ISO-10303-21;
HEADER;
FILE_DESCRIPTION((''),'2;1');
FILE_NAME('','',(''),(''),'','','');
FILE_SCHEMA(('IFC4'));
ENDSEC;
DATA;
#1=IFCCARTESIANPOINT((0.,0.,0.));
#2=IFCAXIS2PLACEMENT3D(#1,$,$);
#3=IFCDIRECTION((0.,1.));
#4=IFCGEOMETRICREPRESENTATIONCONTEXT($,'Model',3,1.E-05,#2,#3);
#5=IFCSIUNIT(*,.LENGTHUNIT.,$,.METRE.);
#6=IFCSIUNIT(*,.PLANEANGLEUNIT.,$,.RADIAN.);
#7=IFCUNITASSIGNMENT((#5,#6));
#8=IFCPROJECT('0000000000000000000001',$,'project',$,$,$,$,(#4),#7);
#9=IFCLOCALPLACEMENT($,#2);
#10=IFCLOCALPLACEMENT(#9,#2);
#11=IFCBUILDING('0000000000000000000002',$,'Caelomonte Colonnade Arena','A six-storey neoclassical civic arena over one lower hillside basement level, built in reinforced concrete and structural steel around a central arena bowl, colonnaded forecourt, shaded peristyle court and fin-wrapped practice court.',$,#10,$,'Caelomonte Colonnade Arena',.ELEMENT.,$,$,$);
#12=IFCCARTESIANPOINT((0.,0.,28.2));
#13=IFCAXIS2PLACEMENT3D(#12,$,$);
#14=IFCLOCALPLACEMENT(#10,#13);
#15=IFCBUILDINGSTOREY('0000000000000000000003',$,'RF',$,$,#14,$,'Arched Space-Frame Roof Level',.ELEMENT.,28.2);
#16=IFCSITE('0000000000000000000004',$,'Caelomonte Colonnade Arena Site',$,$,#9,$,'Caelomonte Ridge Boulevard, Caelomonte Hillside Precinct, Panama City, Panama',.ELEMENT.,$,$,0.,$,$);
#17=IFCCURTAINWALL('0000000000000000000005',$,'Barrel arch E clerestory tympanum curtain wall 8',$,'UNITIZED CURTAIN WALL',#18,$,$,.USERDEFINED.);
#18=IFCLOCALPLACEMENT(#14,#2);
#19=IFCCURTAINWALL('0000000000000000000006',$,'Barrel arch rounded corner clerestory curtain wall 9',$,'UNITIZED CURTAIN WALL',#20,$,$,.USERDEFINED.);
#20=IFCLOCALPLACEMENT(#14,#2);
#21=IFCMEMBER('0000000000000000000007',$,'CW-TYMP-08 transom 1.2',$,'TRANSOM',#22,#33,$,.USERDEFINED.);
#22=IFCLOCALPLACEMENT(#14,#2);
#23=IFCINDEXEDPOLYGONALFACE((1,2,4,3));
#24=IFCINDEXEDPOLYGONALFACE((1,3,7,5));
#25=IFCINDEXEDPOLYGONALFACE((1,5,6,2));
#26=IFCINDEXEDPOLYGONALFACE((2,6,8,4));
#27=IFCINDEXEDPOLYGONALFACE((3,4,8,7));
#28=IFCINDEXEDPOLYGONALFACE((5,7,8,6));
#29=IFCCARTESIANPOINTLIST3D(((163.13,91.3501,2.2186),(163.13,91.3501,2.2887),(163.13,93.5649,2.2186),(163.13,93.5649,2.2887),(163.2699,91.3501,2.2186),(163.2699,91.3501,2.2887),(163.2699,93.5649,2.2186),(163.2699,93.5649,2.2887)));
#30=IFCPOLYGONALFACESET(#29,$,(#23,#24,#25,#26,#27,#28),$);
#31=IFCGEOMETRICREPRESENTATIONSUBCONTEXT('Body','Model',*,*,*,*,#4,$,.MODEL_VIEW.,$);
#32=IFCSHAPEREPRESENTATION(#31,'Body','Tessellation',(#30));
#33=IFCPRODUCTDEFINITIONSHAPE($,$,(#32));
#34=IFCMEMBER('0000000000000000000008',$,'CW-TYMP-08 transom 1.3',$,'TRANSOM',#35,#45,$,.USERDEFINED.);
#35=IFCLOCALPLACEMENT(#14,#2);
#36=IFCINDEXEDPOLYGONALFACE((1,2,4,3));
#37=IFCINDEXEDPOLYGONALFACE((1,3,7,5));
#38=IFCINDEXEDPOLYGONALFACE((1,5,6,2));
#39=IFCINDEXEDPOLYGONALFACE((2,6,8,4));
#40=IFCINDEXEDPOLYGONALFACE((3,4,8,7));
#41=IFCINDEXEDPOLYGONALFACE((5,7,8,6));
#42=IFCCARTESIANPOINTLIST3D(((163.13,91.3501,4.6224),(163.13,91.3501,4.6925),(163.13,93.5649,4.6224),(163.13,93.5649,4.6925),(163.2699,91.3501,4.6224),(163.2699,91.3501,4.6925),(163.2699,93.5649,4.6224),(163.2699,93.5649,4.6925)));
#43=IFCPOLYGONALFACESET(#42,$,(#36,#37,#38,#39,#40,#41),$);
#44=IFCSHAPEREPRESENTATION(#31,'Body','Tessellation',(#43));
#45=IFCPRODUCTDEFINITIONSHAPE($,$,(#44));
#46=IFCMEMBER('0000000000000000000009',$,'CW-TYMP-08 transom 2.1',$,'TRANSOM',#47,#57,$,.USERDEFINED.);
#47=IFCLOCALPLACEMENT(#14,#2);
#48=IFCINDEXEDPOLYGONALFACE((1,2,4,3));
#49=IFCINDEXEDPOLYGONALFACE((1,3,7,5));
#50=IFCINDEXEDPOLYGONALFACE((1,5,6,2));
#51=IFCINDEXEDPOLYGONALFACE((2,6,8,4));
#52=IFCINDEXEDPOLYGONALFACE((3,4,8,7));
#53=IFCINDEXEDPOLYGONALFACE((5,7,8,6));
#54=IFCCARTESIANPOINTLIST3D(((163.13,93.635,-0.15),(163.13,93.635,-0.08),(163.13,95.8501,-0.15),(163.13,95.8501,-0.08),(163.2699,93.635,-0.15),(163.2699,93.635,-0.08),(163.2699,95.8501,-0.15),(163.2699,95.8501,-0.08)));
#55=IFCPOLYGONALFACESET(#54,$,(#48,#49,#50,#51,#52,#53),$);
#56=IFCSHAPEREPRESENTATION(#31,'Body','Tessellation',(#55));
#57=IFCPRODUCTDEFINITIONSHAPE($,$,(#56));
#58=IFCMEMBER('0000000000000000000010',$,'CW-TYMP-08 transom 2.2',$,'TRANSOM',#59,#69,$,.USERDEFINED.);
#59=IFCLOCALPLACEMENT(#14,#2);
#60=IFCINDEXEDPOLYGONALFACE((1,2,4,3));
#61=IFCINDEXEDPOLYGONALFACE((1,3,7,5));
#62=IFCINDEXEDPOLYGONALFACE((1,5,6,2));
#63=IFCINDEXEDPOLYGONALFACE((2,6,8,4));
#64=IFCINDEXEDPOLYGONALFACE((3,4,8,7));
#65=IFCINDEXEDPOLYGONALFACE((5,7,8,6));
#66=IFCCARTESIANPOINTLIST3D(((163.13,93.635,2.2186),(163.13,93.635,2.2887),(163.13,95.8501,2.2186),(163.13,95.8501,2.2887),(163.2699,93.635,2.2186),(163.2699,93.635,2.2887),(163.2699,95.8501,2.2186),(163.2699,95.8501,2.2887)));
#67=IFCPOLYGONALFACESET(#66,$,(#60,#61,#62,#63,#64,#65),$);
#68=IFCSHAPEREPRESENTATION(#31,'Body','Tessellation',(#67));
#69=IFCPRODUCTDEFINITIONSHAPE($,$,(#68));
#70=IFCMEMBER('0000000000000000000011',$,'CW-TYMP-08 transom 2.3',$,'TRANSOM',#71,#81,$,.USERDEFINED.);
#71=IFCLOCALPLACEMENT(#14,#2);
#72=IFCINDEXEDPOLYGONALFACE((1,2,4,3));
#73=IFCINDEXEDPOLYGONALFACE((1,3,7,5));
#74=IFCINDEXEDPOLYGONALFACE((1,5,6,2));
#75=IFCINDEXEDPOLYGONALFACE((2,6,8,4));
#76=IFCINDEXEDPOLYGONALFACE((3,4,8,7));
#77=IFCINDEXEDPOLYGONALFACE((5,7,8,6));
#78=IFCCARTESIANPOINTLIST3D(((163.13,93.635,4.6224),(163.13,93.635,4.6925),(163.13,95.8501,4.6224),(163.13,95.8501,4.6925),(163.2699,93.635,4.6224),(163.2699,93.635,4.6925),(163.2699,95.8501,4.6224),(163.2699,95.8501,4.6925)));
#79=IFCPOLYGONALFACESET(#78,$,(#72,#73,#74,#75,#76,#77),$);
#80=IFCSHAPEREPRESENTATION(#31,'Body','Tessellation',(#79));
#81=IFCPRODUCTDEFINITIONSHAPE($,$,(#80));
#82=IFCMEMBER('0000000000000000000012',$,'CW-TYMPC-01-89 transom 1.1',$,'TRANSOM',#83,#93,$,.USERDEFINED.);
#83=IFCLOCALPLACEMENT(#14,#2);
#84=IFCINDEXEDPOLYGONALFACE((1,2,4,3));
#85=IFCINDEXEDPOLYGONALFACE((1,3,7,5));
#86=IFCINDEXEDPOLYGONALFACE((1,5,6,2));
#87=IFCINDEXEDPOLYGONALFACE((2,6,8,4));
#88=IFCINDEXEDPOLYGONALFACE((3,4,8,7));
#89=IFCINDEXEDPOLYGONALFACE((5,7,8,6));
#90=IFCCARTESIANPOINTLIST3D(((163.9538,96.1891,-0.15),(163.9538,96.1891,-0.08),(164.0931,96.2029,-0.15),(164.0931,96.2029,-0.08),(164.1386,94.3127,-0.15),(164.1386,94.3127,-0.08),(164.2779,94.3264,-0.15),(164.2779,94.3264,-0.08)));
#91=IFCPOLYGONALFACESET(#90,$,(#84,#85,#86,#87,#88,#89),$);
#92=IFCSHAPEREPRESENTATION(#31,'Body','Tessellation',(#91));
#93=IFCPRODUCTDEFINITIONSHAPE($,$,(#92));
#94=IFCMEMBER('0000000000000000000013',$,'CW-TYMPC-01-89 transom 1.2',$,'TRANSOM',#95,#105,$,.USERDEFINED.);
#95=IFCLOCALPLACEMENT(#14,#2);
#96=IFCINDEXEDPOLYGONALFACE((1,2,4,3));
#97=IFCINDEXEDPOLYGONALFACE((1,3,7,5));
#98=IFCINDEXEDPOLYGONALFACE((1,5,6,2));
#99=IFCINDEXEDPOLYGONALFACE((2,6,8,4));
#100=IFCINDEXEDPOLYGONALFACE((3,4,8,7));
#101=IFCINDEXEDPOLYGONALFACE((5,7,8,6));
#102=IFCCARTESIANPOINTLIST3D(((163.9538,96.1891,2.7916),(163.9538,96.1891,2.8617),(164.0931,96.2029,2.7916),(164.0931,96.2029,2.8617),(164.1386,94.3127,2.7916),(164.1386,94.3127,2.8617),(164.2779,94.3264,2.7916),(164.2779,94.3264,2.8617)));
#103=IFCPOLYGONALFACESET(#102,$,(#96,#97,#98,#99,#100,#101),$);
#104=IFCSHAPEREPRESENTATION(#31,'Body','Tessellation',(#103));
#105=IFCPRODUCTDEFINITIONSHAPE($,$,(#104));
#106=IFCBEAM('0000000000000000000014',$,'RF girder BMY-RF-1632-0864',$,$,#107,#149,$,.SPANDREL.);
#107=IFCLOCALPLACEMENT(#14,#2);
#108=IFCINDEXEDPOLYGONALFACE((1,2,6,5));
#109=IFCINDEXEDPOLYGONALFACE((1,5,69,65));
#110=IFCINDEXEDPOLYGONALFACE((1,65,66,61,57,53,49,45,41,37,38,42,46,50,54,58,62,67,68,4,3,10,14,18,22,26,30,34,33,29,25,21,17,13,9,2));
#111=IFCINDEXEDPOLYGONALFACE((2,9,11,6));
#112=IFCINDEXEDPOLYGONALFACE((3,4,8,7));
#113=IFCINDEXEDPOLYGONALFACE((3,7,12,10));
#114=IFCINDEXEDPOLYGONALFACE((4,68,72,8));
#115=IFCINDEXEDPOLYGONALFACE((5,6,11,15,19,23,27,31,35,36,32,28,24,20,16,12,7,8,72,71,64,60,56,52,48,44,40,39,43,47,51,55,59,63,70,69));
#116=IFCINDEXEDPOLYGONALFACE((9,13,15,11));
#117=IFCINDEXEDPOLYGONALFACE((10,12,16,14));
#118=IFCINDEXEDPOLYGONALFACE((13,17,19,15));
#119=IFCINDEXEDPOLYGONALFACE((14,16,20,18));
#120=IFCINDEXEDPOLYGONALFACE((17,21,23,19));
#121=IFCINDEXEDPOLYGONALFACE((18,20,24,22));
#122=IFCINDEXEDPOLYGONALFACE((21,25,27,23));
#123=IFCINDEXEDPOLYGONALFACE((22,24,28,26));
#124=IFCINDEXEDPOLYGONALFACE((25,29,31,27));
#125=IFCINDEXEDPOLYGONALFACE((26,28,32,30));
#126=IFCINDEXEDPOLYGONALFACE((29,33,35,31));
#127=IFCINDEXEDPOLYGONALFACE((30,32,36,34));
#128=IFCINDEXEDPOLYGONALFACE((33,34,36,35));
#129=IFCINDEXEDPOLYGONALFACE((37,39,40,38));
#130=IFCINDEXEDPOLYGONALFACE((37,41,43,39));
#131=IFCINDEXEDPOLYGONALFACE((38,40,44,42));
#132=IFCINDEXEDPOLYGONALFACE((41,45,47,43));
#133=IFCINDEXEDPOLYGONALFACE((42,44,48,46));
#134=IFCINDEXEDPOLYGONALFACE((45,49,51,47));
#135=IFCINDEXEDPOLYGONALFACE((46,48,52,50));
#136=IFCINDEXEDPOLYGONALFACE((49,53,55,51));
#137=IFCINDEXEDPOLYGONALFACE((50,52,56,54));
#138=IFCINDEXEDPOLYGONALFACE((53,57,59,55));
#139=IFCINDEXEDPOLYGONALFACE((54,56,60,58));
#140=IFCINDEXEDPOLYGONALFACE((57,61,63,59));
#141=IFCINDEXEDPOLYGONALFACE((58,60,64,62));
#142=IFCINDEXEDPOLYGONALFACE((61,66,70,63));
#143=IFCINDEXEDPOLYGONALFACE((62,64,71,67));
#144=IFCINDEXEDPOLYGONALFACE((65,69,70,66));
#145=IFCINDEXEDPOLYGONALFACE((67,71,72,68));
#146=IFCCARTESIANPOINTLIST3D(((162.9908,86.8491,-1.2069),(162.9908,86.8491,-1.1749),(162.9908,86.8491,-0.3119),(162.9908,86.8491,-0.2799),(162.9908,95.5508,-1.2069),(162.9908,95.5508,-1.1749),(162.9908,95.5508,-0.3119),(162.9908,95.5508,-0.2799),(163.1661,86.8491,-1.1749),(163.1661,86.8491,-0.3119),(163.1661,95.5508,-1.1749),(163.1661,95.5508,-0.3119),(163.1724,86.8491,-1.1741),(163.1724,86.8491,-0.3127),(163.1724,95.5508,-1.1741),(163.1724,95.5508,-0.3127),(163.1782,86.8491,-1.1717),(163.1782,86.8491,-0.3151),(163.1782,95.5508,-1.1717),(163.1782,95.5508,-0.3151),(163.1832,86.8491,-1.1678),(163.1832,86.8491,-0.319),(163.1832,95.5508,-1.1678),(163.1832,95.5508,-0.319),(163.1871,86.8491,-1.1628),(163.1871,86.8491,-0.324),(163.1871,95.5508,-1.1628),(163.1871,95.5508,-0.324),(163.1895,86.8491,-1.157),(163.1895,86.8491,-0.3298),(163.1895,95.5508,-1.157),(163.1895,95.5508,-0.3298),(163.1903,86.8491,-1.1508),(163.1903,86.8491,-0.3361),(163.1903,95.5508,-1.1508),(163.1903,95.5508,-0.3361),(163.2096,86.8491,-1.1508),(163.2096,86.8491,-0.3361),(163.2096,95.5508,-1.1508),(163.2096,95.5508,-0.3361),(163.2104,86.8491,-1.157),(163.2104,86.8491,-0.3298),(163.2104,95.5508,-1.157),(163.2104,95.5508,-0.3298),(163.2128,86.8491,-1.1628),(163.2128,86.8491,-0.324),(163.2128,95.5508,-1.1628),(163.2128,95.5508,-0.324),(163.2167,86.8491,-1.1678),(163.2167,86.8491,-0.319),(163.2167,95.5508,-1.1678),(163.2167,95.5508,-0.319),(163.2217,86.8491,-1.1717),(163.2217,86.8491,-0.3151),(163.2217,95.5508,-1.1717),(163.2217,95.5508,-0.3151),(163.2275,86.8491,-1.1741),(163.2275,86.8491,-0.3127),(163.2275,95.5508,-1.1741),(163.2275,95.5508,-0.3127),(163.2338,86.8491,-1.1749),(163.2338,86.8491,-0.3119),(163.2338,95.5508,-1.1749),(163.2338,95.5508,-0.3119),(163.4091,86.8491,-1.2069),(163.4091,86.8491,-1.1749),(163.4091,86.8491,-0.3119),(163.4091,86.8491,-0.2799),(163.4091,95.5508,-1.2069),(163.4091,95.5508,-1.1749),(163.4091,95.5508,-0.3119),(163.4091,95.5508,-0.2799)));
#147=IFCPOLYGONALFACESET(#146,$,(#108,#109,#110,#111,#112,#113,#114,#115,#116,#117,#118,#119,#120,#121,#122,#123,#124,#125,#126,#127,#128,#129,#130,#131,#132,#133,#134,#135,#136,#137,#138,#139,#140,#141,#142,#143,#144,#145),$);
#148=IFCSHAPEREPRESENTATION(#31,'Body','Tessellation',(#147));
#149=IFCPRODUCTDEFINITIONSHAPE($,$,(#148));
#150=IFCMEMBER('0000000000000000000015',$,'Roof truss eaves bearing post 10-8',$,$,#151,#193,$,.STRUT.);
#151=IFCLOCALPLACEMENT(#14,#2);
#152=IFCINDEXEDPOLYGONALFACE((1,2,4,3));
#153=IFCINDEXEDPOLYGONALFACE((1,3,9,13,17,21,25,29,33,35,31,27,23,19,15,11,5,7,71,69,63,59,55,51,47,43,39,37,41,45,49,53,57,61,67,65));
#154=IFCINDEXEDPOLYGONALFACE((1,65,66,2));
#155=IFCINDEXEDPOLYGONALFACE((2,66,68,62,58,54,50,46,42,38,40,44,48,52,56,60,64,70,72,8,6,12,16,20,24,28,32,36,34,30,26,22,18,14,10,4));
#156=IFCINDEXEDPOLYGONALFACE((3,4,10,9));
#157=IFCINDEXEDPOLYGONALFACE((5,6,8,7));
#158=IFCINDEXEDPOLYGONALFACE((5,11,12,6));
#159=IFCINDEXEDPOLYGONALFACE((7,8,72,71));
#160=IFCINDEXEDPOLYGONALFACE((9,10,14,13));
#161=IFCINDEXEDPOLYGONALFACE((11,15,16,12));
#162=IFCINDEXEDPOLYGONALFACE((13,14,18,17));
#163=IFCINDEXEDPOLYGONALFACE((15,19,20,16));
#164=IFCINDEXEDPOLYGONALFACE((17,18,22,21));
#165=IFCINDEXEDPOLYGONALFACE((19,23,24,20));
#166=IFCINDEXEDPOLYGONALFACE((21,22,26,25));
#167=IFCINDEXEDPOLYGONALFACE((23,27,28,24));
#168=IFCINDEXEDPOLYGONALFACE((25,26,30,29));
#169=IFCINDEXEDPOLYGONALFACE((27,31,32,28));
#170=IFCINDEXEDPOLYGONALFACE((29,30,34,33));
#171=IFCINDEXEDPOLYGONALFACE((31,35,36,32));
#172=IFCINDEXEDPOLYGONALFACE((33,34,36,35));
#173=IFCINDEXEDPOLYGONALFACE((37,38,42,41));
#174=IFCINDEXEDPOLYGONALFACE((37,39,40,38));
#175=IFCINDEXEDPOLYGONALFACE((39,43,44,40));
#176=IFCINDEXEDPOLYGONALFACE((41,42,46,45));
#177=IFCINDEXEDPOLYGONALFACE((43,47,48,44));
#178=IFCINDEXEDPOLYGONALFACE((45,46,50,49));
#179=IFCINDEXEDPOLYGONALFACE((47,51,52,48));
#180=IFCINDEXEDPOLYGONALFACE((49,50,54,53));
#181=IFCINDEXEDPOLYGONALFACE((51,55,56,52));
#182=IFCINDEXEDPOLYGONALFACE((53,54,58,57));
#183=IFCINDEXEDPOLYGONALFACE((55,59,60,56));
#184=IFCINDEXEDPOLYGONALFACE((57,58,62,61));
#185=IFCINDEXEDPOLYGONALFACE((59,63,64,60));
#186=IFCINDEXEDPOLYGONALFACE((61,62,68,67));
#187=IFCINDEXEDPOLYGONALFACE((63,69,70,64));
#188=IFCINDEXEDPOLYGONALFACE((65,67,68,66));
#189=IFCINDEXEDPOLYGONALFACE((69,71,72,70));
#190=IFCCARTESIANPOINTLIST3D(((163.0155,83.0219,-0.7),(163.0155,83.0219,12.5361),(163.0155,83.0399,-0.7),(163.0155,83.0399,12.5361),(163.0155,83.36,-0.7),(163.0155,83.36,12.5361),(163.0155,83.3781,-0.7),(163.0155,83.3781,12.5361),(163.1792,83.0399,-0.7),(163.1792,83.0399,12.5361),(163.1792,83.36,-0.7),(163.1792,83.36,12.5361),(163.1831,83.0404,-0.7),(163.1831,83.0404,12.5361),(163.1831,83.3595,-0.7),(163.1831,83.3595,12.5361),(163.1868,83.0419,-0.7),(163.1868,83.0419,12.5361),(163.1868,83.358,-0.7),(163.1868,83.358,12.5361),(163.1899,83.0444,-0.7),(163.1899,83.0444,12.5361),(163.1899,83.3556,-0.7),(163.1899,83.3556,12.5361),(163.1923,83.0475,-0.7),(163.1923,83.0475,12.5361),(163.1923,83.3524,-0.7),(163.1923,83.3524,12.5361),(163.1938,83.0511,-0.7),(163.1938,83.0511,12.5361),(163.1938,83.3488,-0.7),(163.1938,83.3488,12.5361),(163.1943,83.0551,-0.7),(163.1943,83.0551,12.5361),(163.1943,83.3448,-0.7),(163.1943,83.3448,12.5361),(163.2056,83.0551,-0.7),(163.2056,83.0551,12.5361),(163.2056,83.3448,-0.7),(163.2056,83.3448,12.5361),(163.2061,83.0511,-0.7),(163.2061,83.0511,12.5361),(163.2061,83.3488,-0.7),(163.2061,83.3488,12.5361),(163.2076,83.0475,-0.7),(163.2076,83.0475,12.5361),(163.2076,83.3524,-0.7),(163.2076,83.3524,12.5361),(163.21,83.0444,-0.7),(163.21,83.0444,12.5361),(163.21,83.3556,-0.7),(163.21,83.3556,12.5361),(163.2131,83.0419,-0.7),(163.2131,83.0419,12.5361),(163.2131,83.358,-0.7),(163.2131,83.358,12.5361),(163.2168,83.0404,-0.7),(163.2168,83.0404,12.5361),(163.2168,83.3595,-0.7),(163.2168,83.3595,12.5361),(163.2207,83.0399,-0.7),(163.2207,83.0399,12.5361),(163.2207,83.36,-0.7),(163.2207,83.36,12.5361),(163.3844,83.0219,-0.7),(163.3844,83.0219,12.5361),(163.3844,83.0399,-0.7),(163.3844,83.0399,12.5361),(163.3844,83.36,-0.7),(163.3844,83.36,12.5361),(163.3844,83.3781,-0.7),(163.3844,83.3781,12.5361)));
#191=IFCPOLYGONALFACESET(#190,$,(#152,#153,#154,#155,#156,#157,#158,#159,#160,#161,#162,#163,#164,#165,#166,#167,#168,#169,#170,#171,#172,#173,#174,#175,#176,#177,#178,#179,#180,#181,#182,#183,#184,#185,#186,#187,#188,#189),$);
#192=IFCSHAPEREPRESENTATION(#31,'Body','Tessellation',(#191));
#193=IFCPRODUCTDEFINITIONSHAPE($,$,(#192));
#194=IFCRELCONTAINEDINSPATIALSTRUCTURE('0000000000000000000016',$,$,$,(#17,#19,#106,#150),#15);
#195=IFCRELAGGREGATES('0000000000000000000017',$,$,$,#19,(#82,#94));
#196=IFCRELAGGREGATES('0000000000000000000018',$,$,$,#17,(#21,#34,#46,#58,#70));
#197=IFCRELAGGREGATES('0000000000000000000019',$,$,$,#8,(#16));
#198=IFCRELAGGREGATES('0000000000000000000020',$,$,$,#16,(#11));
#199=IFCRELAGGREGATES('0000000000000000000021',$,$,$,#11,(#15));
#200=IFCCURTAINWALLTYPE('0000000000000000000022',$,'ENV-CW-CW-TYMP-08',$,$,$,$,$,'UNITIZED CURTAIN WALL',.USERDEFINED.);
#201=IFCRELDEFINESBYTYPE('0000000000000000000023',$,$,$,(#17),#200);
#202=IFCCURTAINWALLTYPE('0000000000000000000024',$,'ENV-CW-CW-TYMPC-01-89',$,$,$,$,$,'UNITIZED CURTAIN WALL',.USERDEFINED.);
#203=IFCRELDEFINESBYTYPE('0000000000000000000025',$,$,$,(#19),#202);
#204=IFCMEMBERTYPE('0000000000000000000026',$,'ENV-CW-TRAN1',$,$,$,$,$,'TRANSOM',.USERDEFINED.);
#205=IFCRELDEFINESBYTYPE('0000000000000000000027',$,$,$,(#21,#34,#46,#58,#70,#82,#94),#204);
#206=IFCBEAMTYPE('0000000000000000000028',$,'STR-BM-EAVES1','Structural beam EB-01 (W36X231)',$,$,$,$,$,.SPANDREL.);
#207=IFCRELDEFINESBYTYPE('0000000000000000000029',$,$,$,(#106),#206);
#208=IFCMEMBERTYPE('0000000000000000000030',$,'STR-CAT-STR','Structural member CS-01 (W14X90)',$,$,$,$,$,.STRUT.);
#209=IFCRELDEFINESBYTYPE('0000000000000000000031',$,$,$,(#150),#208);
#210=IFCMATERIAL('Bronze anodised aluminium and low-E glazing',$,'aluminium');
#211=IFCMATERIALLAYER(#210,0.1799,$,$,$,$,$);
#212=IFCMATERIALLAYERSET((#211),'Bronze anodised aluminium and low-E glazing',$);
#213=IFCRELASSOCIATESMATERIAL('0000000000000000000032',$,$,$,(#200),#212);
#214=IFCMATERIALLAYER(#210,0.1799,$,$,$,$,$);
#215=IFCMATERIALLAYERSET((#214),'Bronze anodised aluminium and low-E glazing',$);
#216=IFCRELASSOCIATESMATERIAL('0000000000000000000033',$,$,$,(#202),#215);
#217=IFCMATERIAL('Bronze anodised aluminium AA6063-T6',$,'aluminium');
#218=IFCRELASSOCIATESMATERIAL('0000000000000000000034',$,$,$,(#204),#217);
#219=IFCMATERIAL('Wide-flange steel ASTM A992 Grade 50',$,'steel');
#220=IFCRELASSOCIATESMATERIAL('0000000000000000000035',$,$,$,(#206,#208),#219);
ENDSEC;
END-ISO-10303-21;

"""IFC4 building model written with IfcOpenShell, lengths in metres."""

from ifc_helpers import new_model, si_unit, direction, frame, origin, origin_2d, place, context, subcontext, project, spatial, rectangle, i_section, extrude, material, layer, layer_set, material_profile, profile_set, type_object, element, aggregate, save


model = new_model("IFC4")

# Units and contexts
model_context = context("Model", 3, precision=1e-05, world=origin(), true_north=direction((0.0, 1.0)))
body_context = subcontext(model_context, "Body", "Model", "MODEL_VIEW")
ifc_project = project(units=[si_unit("LENGTHUNIT", "METRE"), si_unit("PLANEANGLEUNIT", "RADIAN")], contexts=[model_context])

# Site, building, storey
site_placement = place(None, origin())
site = spatial("IfcSite", under=ifc_project, at=site_placement, Name="Caelomonte Colonnade Arena Site", LongName="Caelomonte Ridge Boulevard, Caelomonte Hillside Precinct, Panama City, Panama", CompositionType="ELEMENT", RefElevation=0.0)
building_placement = place(site_placement, origin())
building = spatial("IfcBuilding", under=site, at=building_placement, Name="Caelomonte Colonnade Arena", Description="A six-storey neoclassical civic arena over one lower hillside basement level, built in reinforced concrete and structural steel around a central arena bowl, colonnaded forecourt, shaded peristyle court and fin-wrapped practice court.", LongName="Caelomonte Colonnade Arena", CompositionType="ELEMENT")
storey_placement = place(building_placement, frame((0.0, 0.0, 28.2)))
storey = spatial("IfcBuildingStorey", under=building, at=storey_placement, Name="RF", LongName="Arched Space-Frame Roof Level", CompositionType="ELEMENT", Elevation=28.2)

# Shared definitions
ifc_material_1 = material(Name="Bronze anodised aluminium and low-E glazing", Category="aluminium")
ifc_material_2 = material(Name="Bronze anodised aluminium AA6063-T6", Category="aluminium")

# Curtain wall
ifc_layer_1 = layer(ifc_material_1, 0.1799)
ifc_layer_set_1 = layer_set([ifc_layer_1], Name="Bronze anodised aluminium and low-E glazing")
curtain_wall_type_1 = type_object("IfcCurtainWallType", Name="ENV-CW-CW-TYMP-08", ElementType="UNITIZED CURTAIN WALL", PredefinedType="USERDEFINED", material=ifc_layer_set_1)
curtain_wall_1_placement = place(storey_placement, origin())
curtain_wall_1 = element("IfcCurtainWall", 1, at=curtain_wall_1_placement, inside=storey, type_object=curtain_wall_type_1, Name="Barrel arch E clerestory tympanum curtain wall 8", ObjectType="UNITIZED CURTAIN WALL", PredefinedType="USERDEFINED")

# Curtain wall
ifc_layer_2 = layer(ifc_material_1, 0.1799)
ifc_layer_set_2 = layer_set([ifc_layer_2], Name="Bronze anodised aluminium and low-E glazing")
curtain_wall_type_2 = type_object("IfcCurtainWallType", Name="ENV-CW-CW-TYMPC-01-89", ElementType="UNITIZED CURTAIN WALL", PredefinedType="USERDEFINED", material=ifc_layer_set_2)
curtain_wall_2_placement = place(storey_placement, origin())
curtain_wall_2 = element("IfcCurtainWall", 2, at=curtain_wall_2_placement, inside=storey, type_object=curtain_wall_type_2, Name="Barrel arch rounded corner clerestory curtain wall 9", ObjectType="UNITIZED CURTAIN WALL", PredefinedType="USERDEFINED")

# Members
ifc_material_profile_1 = material_profile(ifc_material_2, rectangle(XDim=0.0701, YDim=0.1399, at=origin_2d()), Name="CWT-70X140")
ifc_profile_set_1 = profile_set([ifc_material_profile_1], Name="Bronze anodised aluminium AA6063-T6")
member_type_1 = type_object("IfcMemberType", Name="ENV-CW-TRAN1", ElementType="TRANSOM", PredefinedType="USERDEFINED", material=ifc_profile_set_1)
member_1_placement = place(storey_placement, frame((163.2, 91.3501, 2.2537), z_axis=(0.0, 1.0, 0.0), x_axis=(0.0, 0.0, 1.0)))
member_1 = element("IfcMember", 3, at=member_1_placement, type_object=member_type_1, Name="CW-TYMP-08 transom 1.2", ObjectType="TRANSOM", PredefinedType="USERDEFINED", context=body_context, shape_type="SweptSolid", body=[
    extrude(rectangle(XDim=0.0701, YDim=0.1399, at=origin_2d()), origin(), (0.0, 0.0, 1.0), 2.2148),
])
member_2_placement = place(storey_placement, frame((163.2, 91.3501, 4.6575), z_axis=(0.0, 1.0, 0.0), x_axis=(0.0, 0.0, 1.0)))
member_2 = element("IfcMember", 4, at=member_2_placement, type_object=member_type_1, Name="CW-TYMP-08 transom 1.3", ObjectType="TRANSOM", PredefinedType="USERDEFINED", context=body_context, shape_type="SweptSolid", body=[
    extrude(rectangle(XDim=0.0701, YDim=0.1399, at=origin_2d()), origin(), (0.0, 0.0, 1.0), 2.2148),
])
member_3_placement = place(storey_placement, frame((163.2, 93.635, -0.115), z_axis=(0.0, 1.0, 0.0), x_axis=(0.0, 0.0, 1.0)))
member_3 = element("IfcMember", 5, at=member_3_placement, type_object=member_type_1, Name="CW-TYMP-08 transom 2.1", ObjectType="TRANSOM", PredefinedType="USERDEFINED", context=body_context, shape_type="SweptSolid", body=[
    extrude(rectangle(XDim=0.0701, YDim=0.1399, at=origin_2d()), origin(), (0.0, 0.0, 1.0), 2.2151),
])
member_4_placement = place(storey_placement, frame((163.2, 93.635, 2.2537), z_axis=(0.0, 1.0, 0.0), x_axis=(0.0, 0.0, 1.0)))
member_4 = element("IfcMember", 6, at=member_4_placement, type_object=member_type_1, Name="CW-TYMP-08 transom 2.2", ObjectType="TRANSOM", PredefinedType="USERDEFINED", context=body_context, shape_type="SweptSolid", body=[
    extrude(rectangle(XDim=0.0701, YDim=0.1399, at=origin_2d()), origin(), (0.0, 0.0, 1.0), 2.2151),
])
member_5_placement = place(storey_placement, frame((163.2, 93.635, 4.6575), z_axis=(0.0, 1.0, 0.0), x_axis=(0.0, 0.0, 1.0)))
member_5 = element("IfcMember", 7, at=member_5_placement, type_object=member_type_1, Name="CW-TYMP-08 transom 2.3", ObjectType="TRANSOM", PredefinedType="USERDEFINED", context=body_context, shape_type="SweptSolid", body=[
    extrude(rectangle(XDim=0.0701, YDim=0.1399, at=origin_2d()), origin(), (0.0, 0.0, 1.0), 2.2151),
])
member_6_placement = place(storey_placement, frame((164.2083, 94.3196, -0.115), z_axis=(-0.098017, 0.995185, 0.0), x_axis=(0.0, 0.0, 1.0)))
member_6 = element("IfcMember", 8, at=member_6_placement, type_object=member_type_1, Name="CW-TYMPC-01-89 transom 1.1", ObjectType="TRANSOM", PredefinedType="USERDEFINED", context=body_context, shape_type="SweptSolid", body=[
    extrude(rectangle(XDim=0.0701, YDim=0.1399, at=origin_2d()), origin(), (0.0, 0.0, 1.0), 1.8855),
])
member_7_placement = place(storey_placement, frame((164.2083, 94.3196, 2.8267), z_axis=(-0.098017, 0.995185, 0.0), x_axis=(0.0, 0.0, 1.0)))
member_7 = element("IfcMember", 9, at=member_7_placement, type_object=member_type_1, Name="CW-TYMPC-01-89 transom 1.2", ObjectType="TRANSOM", PredefinedType="USERDEFINED", context=body_context, shape_type="SweptSolid", body=[
    extrude(rectangle(XDim=0.0701, YDim=0.1399, at=origin_2d()), origin(), (0.0, 0.0, 1.0), 1.8855),
])
aggregate(curtain_wall_2, [member_6, member_7])

# Beam
ifc_material_3 = material(Name="Wide-flange steel ASTM A992 Grade 50", Category="steel")
ifc_material_profile_2 = material_profile(ifc_material_3, i_section(OverallWidth=0.4182, OverallDepth=0.927, WebThickness=0.0193, FlangeThickness=0.032, FilletRadius=0.0242, at=origin_2d()), Name="W36X231")
ifc_profile_set_2 = profile_set([ifc_material_profile_2], Name="Wide-flange steel ASTM A992 Grade 50")
beam_type = type_object("IfcBeamType", Name="STR-BM-EAVES1", Description="Structural beam EB-01 (W36X231)", PredefinedType="SPANDREL", material=ifc_profile_set_2)
beam_placement = place(storey_placement, frame((163.2, 86.8491, -0.7434), z_axis=(0.0, 1.0, 0.0), x_axis=(-1.0, 0.0, 0.0)))
element("IfcBeam", 10, at=beam_placement, inside=storey, type_object=beam_type, Name="RF girder BMY-RF-1632-0864", PredefinedType="SPANDREL", context=body_context, shape_type="SweptSolid", body=[
    extrude(i_section(OverallWidth=0.4182, OverallDepth=0.927, WebThickness=0.0193, FlangeThickness=0.032, FilletRadius=0.0242, at=origin_2d()), origin(), (0.0, 0.0, 1.0), 8.7017),
])

# Member
ifc_material_profile_3 = material_profile(ifc_material_3, i_section(OverallWidth=0.3689, OverallDepth=0.3562, WebThickness=0.0112, FlangeThickness=0.0181, FilletRadius=0.0151, at=origin_2d()), Name="W14X90")
ifc_profile_set_3 = profile_set([ifc_material_profile_3], Name="Wide-flange steel ASTM A992 Grade 50")
member_type_2 = type_object("IfcMemberType", Name="STR-CAT-STR", Description="Structural member CS-01 (W14X90)", PredefinedType="STRUT", material=ifc_profile_set_3)
member_8_placement = place(storey_placement, frame((163.2, 83.2, -0.7), z_axis=(0.0, 0.0, 1.0), x_axis=(1.0, 0.0, 0.0)))
element("IfcMember", 11, at=member_8_placement, inside=storey, type_object=member_type_2, Name="Roof truss eaves bearing post 10-8", PredefinedType="STRUT", context=body_context, shape_type="SweptSolid", body=[
    extrude(i_section(OverallWidth=0.3689, OverallDepth=0.3562, WebThickness=0.0112, FlangeThickness=0.0181, FilletRadius=0.0151, at=origin_2d()), origin(), (0.0, 0.0, 1.0), 13.2361),
])

aggregate(curtain_wall_1, [member_1, member_2, member_3, member_4, member_5])

save(model, "model.ifc")
